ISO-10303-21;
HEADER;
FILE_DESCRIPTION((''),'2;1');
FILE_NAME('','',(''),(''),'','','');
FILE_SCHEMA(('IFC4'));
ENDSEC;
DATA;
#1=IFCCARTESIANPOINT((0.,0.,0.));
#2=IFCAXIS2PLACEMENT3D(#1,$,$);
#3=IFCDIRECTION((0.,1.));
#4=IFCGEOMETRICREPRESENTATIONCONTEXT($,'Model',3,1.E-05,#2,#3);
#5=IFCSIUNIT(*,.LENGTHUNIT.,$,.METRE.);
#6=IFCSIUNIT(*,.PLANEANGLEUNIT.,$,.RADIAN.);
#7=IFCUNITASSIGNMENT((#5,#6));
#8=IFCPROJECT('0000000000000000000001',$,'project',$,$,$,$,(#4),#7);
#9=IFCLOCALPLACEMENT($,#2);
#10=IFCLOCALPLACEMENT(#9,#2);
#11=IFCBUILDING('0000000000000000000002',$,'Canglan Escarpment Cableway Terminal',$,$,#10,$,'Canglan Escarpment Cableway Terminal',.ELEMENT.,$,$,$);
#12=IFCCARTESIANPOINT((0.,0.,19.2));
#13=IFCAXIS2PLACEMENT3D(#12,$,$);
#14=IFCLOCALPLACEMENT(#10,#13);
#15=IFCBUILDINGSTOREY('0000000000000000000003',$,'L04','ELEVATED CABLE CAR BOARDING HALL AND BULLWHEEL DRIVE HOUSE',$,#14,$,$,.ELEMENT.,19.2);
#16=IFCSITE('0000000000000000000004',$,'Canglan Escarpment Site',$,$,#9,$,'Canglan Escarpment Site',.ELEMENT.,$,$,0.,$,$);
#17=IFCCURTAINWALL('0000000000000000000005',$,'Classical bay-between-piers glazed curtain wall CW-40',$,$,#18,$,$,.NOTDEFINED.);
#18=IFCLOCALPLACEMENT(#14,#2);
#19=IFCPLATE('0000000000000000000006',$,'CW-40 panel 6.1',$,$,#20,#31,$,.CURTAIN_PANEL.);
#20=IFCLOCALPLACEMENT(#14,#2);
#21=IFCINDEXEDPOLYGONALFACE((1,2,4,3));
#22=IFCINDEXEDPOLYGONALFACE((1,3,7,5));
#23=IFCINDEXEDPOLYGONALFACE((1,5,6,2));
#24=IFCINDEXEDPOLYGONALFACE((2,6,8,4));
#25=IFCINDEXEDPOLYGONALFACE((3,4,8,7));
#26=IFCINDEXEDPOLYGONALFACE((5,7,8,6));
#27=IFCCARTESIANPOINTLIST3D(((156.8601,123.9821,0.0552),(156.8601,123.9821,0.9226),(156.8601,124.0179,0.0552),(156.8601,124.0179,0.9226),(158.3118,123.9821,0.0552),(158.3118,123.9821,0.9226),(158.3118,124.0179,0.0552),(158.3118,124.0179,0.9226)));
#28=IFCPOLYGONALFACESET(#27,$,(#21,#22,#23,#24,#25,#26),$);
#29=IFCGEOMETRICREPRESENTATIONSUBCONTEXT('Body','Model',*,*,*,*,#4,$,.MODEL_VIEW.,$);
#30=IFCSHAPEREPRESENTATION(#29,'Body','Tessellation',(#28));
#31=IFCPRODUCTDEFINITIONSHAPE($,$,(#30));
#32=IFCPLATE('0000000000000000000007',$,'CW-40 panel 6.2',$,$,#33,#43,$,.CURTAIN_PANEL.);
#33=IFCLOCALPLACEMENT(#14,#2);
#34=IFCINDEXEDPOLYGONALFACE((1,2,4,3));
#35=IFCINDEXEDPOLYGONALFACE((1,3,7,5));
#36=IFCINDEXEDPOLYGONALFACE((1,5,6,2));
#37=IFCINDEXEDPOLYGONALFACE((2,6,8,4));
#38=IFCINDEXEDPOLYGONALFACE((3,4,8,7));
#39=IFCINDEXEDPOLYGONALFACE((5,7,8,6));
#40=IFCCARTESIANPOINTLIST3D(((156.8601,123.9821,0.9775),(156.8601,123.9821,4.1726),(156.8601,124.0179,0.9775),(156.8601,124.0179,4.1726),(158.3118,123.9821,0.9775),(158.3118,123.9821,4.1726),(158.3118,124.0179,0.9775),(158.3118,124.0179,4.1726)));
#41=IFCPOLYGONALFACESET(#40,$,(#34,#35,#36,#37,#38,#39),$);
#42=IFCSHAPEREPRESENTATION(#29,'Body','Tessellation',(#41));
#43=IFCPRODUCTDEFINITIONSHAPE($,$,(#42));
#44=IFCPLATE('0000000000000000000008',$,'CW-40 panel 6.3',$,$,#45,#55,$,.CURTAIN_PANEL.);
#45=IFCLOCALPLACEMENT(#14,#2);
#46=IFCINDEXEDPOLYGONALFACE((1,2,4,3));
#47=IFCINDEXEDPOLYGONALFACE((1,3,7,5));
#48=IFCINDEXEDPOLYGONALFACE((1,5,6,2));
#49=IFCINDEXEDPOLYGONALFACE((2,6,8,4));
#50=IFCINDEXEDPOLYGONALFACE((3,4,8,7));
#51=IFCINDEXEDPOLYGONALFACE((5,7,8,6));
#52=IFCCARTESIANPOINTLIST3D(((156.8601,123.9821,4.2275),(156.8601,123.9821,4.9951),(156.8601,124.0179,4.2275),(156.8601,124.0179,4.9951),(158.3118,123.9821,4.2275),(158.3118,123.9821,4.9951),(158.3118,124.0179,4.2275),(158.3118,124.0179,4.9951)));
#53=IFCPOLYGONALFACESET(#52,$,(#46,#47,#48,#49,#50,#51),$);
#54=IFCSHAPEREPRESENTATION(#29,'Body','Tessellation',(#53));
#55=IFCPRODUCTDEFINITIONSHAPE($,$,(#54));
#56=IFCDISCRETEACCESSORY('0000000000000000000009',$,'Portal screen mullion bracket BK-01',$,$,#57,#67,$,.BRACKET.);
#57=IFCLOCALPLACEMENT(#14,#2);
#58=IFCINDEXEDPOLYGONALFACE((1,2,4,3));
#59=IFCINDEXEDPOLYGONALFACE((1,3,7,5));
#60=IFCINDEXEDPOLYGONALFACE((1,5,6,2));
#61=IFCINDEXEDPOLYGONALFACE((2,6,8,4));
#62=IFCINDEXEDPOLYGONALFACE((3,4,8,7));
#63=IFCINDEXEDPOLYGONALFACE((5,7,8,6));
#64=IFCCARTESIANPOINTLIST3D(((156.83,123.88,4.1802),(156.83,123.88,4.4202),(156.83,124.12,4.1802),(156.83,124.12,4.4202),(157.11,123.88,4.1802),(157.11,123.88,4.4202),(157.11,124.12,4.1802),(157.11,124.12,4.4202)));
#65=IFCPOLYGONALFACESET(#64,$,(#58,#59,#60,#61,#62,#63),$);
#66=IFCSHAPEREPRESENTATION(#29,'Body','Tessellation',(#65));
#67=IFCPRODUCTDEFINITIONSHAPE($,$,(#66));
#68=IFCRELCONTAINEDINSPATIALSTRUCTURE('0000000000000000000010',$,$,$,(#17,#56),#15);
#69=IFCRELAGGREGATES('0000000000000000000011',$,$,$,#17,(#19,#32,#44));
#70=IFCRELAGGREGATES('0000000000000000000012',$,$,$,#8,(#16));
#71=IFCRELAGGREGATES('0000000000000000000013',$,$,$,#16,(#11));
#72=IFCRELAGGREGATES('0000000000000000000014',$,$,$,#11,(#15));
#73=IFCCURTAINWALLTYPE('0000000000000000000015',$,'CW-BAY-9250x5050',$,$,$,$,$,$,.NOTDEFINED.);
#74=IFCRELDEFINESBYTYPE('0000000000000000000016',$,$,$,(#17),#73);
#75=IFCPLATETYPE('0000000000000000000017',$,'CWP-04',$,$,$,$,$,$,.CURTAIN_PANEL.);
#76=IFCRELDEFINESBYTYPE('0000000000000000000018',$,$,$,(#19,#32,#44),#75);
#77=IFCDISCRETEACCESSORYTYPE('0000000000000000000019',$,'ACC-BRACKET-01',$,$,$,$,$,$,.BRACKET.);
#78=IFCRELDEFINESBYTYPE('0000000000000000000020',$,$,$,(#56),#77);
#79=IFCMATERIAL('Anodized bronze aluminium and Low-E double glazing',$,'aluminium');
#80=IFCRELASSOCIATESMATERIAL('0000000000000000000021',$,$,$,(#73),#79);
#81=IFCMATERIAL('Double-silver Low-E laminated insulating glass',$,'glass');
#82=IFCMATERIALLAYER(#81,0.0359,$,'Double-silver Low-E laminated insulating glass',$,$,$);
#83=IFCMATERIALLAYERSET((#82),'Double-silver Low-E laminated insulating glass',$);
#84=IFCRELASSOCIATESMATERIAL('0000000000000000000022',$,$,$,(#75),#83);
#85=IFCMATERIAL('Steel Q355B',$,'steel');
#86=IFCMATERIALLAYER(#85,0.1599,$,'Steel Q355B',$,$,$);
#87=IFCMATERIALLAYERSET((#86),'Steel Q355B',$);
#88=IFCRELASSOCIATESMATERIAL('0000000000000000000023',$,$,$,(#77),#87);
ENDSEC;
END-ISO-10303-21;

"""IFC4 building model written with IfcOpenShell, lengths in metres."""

from ifc_helpers import new_model, si_unit, direction, frame, origin, origin_2d, place, context, subcontext, project, spatial, rectangle, extrude, material, layer, layer_set, type_object, element, aggregate, save


model = new_model("IFC4")

# Units and contexts
model_context = context("Model", 3, precision=1e-05, world=origin(), true_north=direction((0.0, 1.0)))
body_context = subcontext(model_context, "Body", "Model", "MODEL_VIEW")
ifc_project = project(units=[si_unit("LENGTHUNIT", "METRE"), si_unit("PLANEANGLEUNIT", "RADIAN")], contexts=[model_context])

# Site, building, storey
site_placement = place(None, origin())
site = spatial("IfcSite", under=ifc_project, at=site_placement, Name="Canglan Escarpment Site", LongName="Canglan Escarpment Site", CompositionType="ELEMENT", RefElevation=0.0)
building_placement = place(site_placement, origin())
building = spatial("IfcBuilding", under=site, at=building_placement, Name="Canglan Escarpment Cableway Terminal", LongName="Canglan Escarpment Cableway Terminal", CompositionType="ELEMENT")
storey_placement = place(building_placement, frame((0.0, 0.0, 19.2)))
storey = spatial("IfcBuildingStorey", under=building, at=storey_placement, Name="L04", Description="ELEVATED CABLE CAR BOARDING HALL AND BULLWHEEL DRIVE HOUSE", CompositionType="ELEMENT", Elevation=19.2)

# Curtain wall
ifc_material_1 = material(Name="Anodized bronze aluminium and Low-E double glazing", Category="aluminium")
curtain_wall_type = type_object("IfcCurtainWallType", Name="CW-BAY-9250x5050", PredefinedType="NOTDEFINED", material=ifc_material_1)
curtain_wall_1_placement = place(storey_placement, origin())
curtain_wall_1 = element("IfcCurtainWall", 1, at=curtain_wall_1_placement, inside=storey, type_object=curtain_wall_type, Name="Classical bay-between-piers glazed curtain wall CW-40", PredefinedType="NOTDEFINED")

# Plates
ifc_material_2 = material(Name="Double-silver Low-E laminated insulating glass", Category="glass")
ifc_layer_1 = layer(ifc_material_2, 0.0359, Name="Double-silver Low-E laminated insulating glass")
ifc_layer_set_1 = layer_set([ifc_layer_1], Name="Double-silver Low-E laminated insulating glass")
plate_type = type_object("IfcPlateType", Name="CWP-04", PredefinedType="CURTAIN_PANEL", material=ifc_layer_set_1)
plate_1_placement = place(storey_placement, frame((157.5859, 124.0, 0.0552), z_axis=(0.0, 0.0, 1.0), x_axis=(-1.0, 0.0, 0.0)))
plate_1 = element("IfcPlate", 2, at=plate_1_placement, type_object=plate_type, Name="CW-40 panel 6.1", PredefinedType="CURTAIN_PANEL", context=body_context, shape_type="SweptSolid", body=[
    extrude(rectangle(XDim=1.4517, YDim=0.0359, at=origin_2d()), origin(), (0.0, 0.0, 1.0), 0.8674),
])
plate_2_placement = place(storey_placement, frame((157.5859, 124.0, 0.9775), z_axis=(0.0, 0.0, 1.0), x_axis=(-1.0, 0.0, 0.0)))
plate_2 = element("IfcPlate", 3, at=plate_2_placement, type_object=plate_type, Name="CW-40 panel 6.2", PredefinedType="CURTAIN_PANEL", context=body_context, shape_type="SweptSolid", body=[
    extrude(rectangle(XDim=1.4517, YDim=0.0359, at=origin_2d()), origin(), (0.0, 0.0, 1.0), 3.1951),
])
plate_3_placement = place(storey_placement, frame((157.5859, 124.0, 4.2275), z_axis=(0.0, 0.0, 1.0), x_axis=(-1.0, 0.0, 0.0)))
plate_3 = element("IfcPlate", 4, at=plate_3_placement, type_object=plate_type, Name="CW-40 panel 6.3", PredefinedType="CURTAIN_PANEL", context=body_context, shape_type="SweptSolid", body=[
    extrude(rectangle(XDim=1.4517, YDim=0.0359, at=origin_2d()), origin(), (0.0, 0.0, 1.0), 0.7676),
])
aggregate(curtain_wall_1, [plate_1, plate_2, plate_3])

# Discrete accessory
ifc_material_3 = material(Name="Steel Q355B", Category="steel")
ifc_layer_2 = layer(ifc_material_3, 0.1599, Name="Steel Q355B")
ifc_layer_set_2 = layer_set([ifc_layer_2], Name="Steel Q355B")
discrete_accessory_type = type_object("IfcDiscreteAccessoryType", Name="ACC-BRACKET-01", PredefinedType="BRACKET", material=ifc_layer_set_2)
discrete_accessory_placement = place(storey_placement, frame((156.97, 124.0, 4.1802), z_axis=(0.0, 0.0, 1.0), x_axis=(1.0, 0.0, 0.0)))
element("IfcDiscreteAccessory", 5, at=discrete_accessory_placement, inside=storey, type_object=discrete_accessory_type, Name="Portal screen mullion bracket BK-01", PredefinedType="BRACKET", context=body_context, shape_type="SweptSolid", body=[
    extrude(rectangle(XDim=0.28, YDim=0.24, at=origin_2d()), origin(), (0.0, 0.0, 1.0), 0.24),
])

save(model, "model.ifc")
